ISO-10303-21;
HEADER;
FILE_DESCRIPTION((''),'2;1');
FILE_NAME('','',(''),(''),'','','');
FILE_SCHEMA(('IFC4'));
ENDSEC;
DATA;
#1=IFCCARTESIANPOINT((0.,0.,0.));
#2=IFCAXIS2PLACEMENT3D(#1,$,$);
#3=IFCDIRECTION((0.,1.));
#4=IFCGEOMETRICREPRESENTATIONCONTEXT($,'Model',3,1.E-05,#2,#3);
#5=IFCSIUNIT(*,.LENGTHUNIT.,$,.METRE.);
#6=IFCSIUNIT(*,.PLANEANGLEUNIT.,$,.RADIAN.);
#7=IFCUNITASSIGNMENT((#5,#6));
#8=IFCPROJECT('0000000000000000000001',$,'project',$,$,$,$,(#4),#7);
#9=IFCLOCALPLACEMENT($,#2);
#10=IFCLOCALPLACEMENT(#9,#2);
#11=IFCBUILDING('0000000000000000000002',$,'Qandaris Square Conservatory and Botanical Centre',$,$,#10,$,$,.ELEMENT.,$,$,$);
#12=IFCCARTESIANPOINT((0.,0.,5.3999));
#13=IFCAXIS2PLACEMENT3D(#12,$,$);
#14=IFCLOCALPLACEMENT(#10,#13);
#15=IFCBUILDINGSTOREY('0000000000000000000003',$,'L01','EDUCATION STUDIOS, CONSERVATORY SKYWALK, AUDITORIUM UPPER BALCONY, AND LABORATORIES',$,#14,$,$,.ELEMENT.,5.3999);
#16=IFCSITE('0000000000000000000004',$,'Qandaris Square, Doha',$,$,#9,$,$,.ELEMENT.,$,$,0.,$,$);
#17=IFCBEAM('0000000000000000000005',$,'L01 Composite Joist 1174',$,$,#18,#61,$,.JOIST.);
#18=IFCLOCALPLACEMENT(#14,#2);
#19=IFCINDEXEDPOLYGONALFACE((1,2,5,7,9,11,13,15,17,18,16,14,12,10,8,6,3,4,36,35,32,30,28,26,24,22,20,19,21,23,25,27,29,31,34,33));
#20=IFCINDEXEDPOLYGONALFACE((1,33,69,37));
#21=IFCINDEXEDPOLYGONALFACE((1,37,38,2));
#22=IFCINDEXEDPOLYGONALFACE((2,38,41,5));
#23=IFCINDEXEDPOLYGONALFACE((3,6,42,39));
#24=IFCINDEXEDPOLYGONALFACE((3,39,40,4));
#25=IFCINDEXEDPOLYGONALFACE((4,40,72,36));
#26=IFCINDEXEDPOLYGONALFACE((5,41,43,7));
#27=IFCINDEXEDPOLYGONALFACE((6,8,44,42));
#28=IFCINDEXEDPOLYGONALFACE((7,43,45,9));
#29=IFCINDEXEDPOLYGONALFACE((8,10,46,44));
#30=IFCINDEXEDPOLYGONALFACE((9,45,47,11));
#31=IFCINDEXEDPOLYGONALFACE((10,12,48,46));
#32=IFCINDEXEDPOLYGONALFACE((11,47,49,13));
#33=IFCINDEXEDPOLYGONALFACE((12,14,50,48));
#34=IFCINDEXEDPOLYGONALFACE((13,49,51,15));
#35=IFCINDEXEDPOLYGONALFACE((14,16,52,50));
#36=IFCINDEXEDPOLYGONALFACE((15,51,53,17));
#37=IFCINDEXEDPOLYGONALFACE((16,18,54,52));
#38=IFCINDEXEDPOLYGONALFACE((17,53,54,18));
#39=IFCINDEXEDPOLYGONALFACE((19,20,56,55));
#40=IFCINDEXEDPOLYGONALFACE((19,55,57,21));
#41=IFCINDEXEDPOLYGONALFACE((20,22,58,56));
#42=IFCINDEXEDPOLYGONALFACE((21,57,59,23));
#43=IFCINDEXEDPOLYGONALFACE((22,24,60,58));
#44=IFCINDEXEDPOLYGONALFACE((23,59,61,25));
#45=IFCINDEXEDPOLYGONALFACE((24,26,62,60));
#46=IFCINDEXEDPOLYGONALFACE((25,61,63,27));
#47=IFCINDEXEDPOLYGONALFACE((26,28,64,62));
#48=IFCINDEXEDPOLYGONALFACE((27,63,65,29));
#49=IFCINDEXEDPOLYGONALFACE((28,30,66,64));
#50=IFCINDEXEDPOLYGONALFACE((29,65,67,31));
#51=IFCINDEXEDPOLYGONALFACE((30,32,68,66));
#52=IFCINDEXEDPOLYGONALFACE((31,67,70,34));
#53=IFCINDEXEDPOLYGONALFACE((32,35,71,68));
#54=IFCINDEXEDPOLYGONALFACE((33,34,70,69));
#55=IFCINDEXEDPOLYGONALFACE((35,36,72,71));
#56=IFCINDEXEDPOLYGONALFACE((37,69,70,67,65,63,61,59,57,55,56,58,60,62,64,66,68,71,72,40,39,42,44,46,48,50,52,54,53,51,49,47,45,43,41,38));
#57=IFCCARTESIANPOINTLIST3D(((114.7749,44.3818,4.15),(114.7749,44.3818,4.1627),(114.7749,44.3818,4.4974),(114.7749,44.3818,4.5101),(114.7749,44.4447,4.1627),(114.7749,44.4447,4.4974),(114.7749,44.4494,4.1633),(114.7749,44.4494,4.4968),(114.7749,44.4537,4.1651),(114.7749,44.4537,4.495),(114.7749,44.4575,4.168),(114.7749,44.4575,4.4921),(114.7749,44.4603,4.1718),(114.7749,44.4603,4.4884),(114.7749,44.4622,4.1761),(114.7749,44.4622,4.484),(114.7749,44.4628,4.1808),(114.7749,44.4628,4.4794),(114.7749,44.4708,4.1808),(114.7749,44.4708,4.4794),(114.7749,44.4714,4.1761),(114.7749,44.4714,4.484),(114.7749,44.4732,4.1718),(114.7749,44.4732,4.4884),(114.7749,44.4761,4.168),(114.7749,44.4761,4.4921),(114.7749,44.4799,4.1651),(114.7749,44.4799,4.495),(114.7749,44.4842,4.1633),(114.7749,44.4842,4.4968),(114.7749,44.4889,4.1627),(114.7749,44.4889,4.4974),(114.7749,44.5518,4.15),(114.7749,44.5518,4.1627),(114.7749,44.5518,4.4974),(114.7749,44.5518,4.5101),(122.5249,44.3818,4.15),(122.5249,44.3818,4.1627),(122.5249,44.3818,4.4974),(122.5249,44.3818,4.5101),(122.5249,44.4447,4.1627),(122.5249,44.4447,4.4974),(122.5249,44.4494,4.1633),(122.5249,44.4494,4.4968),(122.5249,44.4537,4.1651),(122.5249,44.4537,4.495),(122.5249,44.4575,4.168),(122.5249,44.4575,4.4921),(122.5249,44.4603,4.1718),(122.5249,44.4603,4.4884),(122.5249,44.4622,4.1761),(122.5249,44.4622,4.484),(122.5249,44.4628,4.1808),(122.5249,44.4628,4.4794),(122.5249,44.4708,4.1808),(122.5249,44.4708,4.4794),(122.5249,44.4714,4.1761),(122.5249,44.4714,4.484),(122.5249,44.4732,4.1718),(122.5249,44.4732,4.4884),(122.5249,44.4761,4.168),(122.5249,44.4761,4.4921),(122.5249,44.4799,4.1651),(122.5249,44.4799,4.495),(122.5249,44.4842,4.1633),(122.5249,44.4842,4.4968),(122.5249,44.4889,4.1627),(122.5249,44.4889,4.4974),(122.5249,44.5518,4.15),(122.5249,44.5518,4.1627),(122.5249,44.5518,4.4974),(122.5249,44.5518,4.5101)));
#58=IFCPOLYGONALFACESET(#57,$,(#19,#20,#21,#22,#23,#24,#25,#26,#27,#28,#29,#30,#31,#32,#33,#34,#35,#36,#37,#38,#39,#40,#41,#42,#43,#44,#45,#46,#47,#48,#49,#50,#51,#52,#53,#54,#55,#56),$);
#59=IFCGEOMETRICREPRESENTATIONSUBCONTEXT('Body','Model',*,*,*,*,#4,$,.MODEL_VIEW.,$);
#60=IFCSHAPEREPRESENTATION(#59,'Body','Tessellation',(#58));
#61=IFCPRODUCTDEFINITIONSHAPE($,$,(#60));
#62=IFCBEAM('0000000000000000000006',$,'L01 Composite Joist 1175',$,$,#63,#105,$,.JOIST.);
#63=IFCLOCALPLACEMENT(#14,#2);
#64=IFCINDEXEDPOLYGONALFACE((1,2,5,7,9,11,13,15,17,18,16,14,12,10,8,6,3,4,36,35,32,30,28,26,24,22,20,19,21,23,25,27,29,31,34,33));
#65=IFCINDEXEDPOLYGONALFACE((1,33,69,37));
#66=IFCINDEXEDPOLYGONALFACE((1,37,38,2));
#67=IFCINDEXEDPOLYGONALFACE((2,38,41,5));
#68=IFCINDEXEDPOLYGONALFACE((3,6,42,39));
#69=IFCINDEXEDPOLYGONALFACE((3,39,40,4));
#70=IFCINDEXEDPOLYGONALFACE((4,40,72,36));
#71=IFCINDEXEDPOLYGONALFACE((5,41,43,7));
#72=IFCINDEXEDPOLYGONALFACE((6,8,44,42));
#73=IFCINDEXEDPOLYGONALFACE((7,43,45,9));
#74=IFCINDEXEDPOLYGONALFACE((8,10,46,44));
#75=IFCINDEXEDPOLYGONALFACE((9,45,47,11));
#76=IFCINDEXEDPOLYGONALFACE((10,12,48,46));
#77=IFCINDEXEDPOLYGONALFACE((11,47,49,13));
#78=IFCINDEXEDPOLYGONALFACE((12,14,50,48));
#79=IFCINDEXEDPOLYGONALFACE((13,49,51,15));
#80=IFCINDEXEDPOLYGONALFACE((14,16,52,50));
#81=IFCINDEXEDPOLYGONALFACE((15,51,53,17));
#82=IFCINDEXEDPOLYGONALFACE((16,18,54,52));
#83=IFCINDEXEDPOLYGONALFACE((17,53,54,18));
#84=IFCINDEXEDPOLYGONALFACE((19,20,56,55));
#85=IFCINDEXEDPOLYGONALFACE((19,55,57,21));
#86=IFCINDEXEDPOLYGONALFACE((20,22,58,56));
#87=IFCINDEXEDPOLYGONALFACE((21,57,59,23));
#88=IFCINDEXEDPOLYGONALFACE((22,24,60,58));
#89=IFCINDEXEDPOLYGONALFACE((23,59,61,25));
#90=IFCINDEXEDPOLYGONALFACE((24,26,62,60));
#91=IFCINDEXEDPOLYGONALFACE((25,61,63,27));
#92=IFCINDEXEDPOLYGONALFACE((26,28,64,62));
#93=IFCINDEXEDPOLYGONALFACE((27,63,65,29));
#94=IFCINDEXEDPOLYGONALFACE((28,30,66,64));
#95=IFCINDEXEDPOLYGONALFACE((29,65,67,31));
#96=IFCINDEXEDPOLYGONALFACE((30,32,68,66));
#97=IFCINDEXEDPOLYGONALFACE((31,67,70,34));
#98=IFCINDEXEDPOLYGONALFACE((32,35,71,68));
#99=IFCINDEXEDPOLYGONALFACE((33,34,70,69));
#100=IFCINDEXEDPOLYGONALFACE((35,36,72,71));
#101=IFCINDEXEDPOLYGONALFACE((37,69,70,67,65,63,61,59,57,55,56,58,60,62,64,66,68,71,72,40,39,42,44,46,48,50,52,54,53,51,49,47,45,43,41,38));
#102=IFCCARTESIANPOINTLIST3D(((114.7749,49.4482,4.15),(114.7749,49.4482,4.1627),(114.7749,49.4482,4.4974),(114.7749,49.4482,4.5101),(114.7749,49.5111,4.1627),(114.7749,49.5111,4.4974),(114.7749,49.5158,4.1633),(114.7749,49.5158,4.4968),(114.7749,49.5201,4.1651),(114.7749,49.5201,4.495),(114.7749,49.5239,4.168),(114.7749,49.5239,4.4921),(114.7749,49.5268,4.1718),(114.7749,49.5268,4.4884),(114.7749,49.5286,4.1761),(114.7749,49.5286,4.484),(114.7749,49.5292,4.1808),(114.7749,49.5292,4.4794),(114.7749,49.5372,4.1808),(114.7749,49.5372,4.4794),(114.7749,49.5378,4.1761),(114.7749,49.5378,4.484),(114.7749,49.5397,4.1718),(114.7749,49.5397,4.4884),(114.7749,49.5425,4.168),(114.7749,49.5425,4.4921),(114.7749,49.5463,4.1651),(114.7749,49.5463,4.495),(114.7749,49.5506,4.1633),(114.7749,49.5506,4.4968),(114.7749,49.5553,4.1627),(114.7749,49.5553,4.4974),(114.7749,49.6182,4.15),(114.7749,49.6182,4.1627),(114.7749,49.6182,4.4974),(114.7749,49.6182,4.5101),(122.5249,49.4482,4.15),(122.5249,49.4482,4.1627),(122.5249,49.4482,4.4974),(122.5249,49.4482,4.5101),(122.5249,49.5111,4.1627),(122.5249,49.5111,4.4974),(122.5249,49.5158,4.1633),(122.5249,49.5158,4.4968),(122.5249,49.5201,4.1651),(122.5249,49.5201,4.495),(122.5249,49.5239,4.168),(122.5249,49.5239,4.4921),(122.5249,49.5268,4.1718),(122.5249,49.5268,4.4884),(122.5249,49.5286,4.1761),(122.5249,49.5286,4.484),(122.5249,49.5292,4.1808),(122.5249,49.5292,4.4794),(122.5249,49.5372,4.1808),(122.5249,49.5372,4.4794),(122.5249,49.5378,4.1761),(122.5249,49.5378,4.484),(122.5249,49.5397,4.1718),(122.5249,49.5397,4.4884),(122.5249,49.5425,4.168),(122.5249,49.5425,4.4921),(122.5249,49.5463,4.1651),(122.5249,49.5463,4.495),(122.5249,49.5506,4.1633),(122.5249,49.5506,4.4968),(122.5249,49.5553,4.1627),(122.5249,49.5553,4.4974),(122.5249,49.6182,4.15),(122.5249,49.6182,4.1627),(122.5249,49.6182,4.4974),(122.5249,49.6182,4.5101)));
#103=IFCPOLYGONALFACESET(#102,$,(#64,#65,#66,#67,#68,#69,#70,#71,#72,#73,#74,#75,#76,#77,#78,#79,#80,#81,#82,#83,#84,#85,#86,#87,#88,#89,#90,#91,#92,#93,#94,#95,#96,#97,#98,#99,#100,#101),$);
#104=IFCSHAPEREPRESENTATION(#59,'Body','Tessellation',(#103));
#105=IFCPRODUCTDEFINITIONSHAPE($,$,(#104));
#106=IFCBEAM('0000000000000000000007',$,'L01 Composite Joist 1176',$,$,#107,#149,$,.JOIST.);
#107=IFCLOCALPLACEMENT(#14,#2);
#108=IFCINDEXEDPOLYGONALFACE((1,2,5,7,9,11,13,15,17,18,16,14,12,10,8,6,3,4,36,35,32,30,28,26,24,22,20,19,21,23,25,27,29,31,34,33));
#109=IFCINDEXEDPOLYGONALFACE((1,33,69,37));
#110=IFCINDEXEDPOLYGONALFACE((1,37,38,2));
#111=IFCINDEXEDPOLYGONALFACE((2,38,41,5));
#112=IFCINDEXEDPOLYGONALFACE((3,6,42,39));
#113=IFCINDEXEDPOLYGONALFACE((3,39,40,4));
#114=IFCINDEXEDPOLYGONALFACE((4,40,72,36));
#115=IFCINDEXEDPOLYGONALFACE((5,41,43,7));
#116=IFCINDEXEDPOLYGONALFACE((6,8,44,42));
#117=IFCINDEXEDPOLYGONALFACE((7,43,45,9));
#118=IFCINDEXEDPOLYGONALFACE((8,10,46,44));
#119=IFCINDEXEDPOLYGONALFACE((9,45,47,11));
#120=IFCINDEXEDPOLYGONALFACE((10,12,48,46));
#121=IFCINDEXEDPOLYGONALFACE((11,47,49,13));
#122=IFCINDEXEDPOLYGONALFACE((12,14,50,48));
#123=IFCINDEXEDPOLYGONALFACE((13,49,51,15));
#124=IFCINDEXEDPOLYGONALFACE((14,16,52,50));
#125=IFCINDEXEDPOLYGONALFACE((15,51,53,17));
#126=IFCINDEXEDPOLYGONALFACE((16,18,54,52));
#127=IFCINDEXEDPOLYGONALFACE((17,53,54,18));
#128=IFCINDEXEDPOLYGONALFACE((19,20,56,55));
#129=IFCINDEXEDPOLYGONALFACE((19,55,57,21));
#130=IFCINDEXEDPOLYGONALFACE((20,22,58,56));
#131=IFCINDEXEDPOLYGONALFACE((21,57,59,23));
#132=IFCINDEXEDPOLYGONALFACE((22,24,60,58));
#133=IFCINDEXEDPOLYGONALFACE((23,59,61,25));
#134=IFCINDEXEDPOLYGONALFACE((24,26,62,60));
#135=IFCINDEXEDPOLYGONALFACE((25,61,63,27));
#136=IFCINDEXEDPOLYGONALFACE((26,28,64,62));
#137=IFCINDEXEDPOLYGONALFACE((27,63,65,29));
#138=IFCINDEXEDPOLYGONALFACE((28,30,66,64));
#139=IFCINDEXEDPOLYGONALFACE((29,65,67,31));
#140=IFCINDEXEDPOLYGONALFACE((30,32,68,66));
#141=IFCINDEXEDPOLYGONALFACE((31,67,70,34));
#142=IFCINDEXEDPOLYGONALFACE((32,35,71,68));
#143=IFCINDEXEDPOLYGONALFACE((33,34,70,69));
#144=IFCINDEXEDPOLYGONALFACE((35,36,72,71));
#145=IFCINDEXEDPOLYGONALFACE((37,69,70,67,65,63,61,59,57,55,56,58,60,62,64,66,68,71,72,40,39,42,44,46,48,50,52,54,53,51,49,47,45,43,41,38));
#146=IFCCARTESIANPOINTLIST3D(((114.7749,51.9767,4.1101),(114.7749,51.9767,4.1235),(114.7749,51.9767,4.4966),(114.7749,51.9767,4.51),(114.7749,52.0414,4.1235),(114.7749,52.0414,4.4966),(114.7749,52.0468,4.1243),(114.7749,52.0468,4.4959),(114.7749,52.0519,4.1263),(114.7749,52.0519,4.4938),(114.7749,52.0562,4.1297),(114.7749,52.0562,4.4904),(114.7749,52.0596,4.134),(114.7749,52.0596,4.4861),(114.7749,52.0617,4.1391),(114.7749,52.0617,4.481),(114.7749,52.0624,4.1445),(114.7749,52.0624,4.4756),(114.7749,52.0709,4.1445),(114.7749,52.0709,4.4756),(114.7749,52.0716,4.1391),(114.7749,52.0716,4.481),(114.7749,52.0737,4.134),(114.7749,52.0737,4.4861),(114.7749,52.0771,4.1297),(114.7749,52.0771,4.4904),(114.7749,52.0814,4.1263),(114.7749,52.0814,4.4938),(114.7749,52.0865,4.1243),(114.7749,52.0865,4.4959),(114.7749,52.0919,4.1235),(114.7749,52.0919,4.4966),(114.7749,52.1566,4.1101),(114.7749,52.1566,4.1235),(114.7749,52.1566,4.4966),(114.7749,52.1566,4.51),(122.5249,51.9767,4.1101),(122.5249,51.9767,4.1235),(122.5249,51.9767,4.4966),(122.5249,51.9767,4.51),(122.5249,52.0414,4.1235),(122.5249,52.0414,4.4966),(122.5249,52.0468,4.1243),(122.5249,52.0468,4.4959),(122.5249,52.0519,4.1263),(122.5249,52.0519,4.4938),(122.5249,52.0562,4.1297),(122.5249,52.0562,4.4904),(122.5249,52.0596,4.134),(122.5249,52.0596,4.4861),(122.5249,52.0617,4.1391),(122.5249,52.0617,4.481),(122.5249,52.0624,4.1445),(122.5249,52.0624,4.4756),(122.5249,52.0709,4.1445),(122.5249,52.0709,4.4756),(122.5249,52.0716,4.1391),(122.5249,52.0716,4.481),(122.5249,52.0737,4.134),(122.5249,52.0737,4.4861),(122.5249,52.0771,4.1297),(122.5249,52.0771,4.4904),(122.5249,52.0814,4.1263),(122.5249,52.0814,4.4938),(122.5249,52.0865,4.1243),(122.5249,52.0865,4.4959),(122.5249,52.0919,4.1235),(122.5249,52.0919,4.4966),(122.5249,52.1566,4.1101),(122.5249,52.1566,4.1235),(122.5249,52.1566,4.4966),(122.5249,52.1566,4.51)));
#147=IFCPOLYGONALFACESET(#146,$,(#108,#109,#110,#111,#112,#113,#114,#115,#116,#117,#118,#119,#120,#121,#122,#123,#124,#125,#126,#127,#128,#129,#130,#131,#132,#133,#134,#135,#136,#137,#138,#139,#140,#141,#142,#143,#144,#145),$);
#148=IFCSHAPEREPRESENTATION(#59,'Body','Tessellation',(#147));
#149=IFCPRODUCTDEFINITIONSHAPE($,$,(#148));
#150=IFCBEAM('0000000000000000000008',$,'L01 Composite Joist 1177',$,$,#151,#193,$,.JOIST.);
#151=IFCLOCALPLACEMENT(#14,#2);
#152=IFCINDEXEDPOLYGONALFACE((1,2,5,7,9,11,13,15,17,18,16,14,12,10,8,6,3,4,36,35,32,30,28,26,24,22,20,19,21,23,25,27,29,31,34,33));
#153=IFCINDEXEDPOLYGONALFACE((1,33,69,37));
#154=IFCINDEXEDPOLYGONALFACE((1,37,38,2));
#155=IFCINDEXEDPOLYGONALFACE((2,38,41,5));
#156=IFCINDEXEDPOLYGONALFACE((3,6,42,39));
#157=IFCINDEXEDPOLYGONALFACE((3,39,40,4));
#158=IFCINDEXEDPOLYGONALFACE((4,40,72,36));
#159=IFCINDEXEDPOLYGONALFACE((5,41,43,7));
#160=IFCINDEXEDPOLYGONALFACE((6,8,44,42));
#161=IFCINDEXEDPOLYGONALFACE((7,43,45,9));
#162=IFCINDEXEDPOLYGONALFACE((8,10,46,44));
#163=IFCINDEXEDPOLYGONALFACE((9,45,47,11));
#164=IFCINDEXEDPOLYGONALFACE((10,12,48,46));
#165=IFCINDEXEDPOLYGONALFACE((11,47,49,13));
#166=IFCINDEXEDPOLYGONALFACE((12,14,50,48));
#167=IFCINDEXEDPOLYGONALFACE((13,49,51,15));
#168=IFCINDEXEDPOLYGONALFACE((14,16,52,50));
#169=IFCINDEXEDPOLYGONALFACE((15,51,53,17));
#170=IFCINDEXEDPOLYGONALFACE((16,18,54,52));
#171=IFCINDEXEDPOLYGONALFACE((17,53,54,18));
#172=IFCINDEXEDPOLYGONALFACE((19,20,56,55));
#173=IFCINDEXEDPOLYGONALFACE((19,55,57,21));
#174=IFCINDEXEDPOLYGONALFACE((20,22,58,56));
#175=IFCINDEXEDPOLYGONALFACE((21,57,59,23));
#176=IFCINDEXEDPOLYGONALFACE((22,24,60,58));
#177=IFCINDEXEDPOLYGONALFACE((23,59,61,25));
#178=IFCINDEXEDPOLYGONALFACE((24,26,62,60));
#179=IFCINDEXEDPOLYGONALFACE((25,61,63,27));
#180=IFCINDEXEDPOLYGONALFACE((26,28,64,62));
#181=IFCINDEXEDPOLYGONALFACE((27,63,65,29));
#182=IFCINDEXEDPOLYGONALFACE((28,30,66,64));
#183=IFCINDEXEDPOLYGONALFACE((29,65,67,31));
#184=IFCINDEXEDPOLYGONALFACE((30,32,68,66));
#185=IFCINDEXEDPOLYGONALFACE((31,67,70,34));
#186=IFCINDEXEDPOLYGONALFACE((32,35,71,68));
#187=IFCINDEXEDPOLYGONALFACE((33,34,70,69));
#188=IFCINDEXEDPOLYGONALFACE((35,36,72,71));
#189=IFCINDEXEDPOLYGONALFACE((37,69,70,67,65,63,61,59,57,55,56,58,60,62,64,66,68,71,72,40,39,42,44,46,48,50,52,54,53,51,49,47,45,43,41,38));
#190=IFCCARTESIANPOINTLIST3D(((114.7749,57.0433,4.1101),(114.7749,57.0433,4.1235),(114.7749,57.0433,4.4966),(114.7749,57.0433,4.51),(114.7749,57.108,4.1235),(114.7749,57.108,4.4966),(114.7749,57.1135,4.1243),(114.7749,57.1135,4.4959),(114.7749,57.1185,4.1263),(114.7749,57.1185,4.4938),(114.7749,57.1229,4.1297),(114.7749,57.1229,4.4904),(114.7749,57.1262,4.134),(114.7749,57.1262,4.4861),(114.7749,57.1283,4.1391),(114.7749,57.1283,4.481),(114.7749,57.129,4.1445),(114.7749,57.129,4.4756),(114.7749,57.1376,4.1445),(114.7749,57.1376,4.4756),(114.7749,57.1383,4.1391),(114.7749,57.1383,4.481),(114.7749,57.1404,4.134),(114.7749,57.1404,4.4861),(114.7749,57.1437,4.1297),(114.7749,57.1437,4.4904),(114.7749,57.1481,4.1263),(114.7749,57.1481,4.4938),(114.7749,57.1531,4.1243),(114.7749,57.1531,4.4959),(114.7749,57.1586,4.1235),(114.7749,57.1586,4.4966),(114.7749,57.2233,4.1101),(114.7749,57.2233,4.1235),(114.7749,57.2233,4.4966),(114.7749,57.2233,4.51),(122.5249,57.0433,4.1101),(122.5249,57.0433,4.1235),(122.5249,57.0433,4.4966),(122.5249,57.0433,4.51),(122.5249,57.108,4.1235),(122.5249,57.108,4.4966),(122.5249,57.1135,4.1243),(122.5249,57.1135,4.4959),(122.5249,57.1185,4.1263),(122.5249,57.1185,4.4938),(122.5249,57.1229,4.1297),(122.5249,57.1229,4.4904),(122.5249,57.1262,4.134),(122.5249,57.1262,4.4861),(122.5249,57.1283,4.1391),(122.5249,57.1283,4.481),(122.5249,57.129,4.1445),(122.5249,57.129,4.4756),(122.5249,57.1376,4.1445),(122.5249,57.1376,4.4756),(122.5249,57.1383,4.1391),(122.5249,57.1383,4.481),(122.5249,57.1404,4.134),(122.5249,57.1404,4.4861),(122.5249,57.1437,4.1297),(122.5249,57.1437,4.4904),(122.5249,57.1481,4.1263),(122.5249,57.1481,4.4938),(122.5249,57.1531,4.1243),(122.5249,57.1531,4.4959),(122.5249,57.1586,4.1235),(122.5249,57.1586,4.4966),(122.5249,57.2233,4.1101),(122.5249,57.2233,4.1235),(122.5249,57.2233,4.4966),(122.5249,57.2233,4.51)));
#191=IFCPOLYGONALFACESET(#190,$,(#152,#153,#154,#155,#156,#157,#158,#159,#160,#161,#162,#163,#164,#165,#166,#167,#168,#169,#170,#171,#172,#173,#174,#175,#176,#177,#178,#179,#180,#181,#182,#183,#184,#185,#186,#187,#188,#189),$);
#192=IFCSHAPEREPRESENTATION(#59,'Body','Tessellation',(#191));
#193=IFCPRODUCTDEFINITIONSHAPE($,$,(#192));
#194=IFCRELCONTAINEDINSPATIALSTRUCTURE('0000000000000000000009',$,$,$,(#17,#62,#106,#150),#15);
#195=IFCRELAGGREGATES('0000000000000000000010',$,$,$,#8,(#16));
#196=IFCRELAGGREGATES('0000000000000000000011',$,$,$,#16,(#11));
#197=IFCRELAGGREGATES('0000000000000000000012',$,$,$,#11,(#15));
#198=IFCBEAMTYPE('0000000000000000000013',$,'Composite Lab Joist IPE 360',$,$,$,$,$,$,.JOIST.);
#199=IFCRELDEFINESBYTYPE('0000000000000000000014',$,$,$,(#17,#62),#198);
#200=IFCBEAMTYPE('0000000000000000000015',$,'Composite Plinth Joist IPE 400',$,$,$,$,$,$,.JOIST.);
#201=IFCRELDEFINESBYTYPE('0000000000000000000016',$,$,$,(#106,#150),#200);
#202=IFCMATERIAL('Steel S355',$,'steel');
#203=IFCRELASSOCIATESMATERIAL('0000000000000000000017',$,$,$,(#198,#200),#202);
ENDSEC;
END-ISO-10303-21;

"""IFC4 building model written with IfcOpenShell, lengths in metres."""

from ifc_helpers import new_model, si_unit, direction, frame, origin, origin_2d, place, context, subcontext, project, spatial, i_section, extrude, material, material_profile, profile_set, type_object, element, save


model = new_model("IFC4")

# Units and contexts
model_context = context("Model", 3, precision=1e-05, world=origin(), true_north=direction((0.0, 1.0)))
body_context = subcontext(model_context, "Body", "Model", "MODEL_VIEW")
ifc_project = project(units=[si_unit("LENGTHUNIT", "METRE"), si_unit("PLANEANGLEUNIT", "RADIAN")], contexts=[model_context])

# Site, building, storey
site_placement = place(None, origin())
site = spatial("IfcSite", under=ifc_project, at=site_placement, Name="Qandaris Square, Doha", CompositionType="ELEMENT", RefElevation=0.0)
building_placement = place(site_placement, origin())
building = spatial("IfcBuilding", under=site, at=building_placement, Name="Qandaris Square Conservatory and Botanical Centre", CompositionType="ELEMENT")
storey_placement = place(building_placement, frame((0.0, 0.0, 5.3999)))
storey = spatial("IfcBuildingStorey", under=building, at=storey_placement, Name="L01", Description="EDUCATION STUDIOS, CONSERVATORY SKYWALK, AUDITORIUM UPPER BALCONY, AND LABORATORIES", CompositionType="ELEMENT", Elevation=5.3999)

# Beams
ifc_material_1 = material(Name="Steel S355", Category="steel")
ifc_material_profile_1 = material_profile(ifc_material_1, i_section(OverallWidth=0.1699, OverallDepth=0.3601, WebThickness=0.0081, FlangeThickness=0.0127, FilletRadius=0.0181, at=origin_2d()), Name="IPE 360")
ifc_profile_set_1 = profile_set([ifc_material_profile_1], Name="Steel S355")
beam_type_1 = type_object("IfcBeamType", Name="Composite Lab Joist IPE 360", PredefinedType="JOIST", material=ifc_profile_set_1)
for number, where, z_axis, x_axis, name in (
    (1, (114.7749, 44.4668, 4.3301), (1.0, 0.0, 0.0), (0.0, 1.0, 0.0), "L01 Composite Joist 1174"),
    (2, (114.7749, 49.5332, 4.3301), (1.0, 0.0, 0.0), (0.0, 1.0, 0.0), "L01 Composite Joist 1175"),
):
    element("IfcBeam", number, at=place(storey_placement, frame(where, z_axis=z_axis, x_axis=x_axis)), inside=storey, type_object=beam_type_1, Name=name, PredefinedType="JOIST", context=body_context, shape_type="SweptSolid", body=[
        extrude(i_section(OverallWidth=0.1699, OverallDepth=0.3601, WebThickness=0.0081, FlangeThickness=0.0127, FilletRadius=0.0181, at=origin_2d()), origin(), (0.0, 0.0, 1.0), 7.75),
    ])
ifc_material_profile_2 = material_profile(ifc_material_1, i_section(OverallWidth=0.1799, OverallDepth=0.3999, WebThickness=0.0085, FlangeThickness=0.0134, FilletRadius=0.021, at=origin_2d()), Name="IPE 400")
ifc_profile_set_2 = profile_set([ifc_material_profile_2], Name="Steel S355")
beam_type_2 = type_object("IfcBeamType", Name="Composite Plinth Joist IPE 400", PredefinedType="JOIST", material=ifc_profile_set_2)
for number, where, z_axis, x_axis, name in (
    (3, (114.7749, 52.0667, 4.3101), (1.0, 0.0, 0.0), (0.0, 1.0, 0.0), "L01 Composite Joist 1176"),
    (4, (114.7749, 57.1333, 4.3101), (1.0, 0.0, 0.0), (0.0, 1.0, 0.0), "L01 Composite Joist 1177"),
):
    element("IfcBeam", number, at=place(storey_placement, frame(where, z_axis=z_axis, x_axis=x_axis)), inside=storey, type_object=beam_type_2, Name=name, PredefinedType="JOIST", context=body_context, shape_type="SweptSolid", body=[
        extrude(i_section(OverallWidth=0.1799, OverallDepth=0.3999, WebThickness=0.0085, FlangeThickness=0.0134, FilletRadius=0.021, at=origin_2d()), origin(), (0.0, 0.0, 1.0), 7.75),
    ])

save(model, "model.ifc")
